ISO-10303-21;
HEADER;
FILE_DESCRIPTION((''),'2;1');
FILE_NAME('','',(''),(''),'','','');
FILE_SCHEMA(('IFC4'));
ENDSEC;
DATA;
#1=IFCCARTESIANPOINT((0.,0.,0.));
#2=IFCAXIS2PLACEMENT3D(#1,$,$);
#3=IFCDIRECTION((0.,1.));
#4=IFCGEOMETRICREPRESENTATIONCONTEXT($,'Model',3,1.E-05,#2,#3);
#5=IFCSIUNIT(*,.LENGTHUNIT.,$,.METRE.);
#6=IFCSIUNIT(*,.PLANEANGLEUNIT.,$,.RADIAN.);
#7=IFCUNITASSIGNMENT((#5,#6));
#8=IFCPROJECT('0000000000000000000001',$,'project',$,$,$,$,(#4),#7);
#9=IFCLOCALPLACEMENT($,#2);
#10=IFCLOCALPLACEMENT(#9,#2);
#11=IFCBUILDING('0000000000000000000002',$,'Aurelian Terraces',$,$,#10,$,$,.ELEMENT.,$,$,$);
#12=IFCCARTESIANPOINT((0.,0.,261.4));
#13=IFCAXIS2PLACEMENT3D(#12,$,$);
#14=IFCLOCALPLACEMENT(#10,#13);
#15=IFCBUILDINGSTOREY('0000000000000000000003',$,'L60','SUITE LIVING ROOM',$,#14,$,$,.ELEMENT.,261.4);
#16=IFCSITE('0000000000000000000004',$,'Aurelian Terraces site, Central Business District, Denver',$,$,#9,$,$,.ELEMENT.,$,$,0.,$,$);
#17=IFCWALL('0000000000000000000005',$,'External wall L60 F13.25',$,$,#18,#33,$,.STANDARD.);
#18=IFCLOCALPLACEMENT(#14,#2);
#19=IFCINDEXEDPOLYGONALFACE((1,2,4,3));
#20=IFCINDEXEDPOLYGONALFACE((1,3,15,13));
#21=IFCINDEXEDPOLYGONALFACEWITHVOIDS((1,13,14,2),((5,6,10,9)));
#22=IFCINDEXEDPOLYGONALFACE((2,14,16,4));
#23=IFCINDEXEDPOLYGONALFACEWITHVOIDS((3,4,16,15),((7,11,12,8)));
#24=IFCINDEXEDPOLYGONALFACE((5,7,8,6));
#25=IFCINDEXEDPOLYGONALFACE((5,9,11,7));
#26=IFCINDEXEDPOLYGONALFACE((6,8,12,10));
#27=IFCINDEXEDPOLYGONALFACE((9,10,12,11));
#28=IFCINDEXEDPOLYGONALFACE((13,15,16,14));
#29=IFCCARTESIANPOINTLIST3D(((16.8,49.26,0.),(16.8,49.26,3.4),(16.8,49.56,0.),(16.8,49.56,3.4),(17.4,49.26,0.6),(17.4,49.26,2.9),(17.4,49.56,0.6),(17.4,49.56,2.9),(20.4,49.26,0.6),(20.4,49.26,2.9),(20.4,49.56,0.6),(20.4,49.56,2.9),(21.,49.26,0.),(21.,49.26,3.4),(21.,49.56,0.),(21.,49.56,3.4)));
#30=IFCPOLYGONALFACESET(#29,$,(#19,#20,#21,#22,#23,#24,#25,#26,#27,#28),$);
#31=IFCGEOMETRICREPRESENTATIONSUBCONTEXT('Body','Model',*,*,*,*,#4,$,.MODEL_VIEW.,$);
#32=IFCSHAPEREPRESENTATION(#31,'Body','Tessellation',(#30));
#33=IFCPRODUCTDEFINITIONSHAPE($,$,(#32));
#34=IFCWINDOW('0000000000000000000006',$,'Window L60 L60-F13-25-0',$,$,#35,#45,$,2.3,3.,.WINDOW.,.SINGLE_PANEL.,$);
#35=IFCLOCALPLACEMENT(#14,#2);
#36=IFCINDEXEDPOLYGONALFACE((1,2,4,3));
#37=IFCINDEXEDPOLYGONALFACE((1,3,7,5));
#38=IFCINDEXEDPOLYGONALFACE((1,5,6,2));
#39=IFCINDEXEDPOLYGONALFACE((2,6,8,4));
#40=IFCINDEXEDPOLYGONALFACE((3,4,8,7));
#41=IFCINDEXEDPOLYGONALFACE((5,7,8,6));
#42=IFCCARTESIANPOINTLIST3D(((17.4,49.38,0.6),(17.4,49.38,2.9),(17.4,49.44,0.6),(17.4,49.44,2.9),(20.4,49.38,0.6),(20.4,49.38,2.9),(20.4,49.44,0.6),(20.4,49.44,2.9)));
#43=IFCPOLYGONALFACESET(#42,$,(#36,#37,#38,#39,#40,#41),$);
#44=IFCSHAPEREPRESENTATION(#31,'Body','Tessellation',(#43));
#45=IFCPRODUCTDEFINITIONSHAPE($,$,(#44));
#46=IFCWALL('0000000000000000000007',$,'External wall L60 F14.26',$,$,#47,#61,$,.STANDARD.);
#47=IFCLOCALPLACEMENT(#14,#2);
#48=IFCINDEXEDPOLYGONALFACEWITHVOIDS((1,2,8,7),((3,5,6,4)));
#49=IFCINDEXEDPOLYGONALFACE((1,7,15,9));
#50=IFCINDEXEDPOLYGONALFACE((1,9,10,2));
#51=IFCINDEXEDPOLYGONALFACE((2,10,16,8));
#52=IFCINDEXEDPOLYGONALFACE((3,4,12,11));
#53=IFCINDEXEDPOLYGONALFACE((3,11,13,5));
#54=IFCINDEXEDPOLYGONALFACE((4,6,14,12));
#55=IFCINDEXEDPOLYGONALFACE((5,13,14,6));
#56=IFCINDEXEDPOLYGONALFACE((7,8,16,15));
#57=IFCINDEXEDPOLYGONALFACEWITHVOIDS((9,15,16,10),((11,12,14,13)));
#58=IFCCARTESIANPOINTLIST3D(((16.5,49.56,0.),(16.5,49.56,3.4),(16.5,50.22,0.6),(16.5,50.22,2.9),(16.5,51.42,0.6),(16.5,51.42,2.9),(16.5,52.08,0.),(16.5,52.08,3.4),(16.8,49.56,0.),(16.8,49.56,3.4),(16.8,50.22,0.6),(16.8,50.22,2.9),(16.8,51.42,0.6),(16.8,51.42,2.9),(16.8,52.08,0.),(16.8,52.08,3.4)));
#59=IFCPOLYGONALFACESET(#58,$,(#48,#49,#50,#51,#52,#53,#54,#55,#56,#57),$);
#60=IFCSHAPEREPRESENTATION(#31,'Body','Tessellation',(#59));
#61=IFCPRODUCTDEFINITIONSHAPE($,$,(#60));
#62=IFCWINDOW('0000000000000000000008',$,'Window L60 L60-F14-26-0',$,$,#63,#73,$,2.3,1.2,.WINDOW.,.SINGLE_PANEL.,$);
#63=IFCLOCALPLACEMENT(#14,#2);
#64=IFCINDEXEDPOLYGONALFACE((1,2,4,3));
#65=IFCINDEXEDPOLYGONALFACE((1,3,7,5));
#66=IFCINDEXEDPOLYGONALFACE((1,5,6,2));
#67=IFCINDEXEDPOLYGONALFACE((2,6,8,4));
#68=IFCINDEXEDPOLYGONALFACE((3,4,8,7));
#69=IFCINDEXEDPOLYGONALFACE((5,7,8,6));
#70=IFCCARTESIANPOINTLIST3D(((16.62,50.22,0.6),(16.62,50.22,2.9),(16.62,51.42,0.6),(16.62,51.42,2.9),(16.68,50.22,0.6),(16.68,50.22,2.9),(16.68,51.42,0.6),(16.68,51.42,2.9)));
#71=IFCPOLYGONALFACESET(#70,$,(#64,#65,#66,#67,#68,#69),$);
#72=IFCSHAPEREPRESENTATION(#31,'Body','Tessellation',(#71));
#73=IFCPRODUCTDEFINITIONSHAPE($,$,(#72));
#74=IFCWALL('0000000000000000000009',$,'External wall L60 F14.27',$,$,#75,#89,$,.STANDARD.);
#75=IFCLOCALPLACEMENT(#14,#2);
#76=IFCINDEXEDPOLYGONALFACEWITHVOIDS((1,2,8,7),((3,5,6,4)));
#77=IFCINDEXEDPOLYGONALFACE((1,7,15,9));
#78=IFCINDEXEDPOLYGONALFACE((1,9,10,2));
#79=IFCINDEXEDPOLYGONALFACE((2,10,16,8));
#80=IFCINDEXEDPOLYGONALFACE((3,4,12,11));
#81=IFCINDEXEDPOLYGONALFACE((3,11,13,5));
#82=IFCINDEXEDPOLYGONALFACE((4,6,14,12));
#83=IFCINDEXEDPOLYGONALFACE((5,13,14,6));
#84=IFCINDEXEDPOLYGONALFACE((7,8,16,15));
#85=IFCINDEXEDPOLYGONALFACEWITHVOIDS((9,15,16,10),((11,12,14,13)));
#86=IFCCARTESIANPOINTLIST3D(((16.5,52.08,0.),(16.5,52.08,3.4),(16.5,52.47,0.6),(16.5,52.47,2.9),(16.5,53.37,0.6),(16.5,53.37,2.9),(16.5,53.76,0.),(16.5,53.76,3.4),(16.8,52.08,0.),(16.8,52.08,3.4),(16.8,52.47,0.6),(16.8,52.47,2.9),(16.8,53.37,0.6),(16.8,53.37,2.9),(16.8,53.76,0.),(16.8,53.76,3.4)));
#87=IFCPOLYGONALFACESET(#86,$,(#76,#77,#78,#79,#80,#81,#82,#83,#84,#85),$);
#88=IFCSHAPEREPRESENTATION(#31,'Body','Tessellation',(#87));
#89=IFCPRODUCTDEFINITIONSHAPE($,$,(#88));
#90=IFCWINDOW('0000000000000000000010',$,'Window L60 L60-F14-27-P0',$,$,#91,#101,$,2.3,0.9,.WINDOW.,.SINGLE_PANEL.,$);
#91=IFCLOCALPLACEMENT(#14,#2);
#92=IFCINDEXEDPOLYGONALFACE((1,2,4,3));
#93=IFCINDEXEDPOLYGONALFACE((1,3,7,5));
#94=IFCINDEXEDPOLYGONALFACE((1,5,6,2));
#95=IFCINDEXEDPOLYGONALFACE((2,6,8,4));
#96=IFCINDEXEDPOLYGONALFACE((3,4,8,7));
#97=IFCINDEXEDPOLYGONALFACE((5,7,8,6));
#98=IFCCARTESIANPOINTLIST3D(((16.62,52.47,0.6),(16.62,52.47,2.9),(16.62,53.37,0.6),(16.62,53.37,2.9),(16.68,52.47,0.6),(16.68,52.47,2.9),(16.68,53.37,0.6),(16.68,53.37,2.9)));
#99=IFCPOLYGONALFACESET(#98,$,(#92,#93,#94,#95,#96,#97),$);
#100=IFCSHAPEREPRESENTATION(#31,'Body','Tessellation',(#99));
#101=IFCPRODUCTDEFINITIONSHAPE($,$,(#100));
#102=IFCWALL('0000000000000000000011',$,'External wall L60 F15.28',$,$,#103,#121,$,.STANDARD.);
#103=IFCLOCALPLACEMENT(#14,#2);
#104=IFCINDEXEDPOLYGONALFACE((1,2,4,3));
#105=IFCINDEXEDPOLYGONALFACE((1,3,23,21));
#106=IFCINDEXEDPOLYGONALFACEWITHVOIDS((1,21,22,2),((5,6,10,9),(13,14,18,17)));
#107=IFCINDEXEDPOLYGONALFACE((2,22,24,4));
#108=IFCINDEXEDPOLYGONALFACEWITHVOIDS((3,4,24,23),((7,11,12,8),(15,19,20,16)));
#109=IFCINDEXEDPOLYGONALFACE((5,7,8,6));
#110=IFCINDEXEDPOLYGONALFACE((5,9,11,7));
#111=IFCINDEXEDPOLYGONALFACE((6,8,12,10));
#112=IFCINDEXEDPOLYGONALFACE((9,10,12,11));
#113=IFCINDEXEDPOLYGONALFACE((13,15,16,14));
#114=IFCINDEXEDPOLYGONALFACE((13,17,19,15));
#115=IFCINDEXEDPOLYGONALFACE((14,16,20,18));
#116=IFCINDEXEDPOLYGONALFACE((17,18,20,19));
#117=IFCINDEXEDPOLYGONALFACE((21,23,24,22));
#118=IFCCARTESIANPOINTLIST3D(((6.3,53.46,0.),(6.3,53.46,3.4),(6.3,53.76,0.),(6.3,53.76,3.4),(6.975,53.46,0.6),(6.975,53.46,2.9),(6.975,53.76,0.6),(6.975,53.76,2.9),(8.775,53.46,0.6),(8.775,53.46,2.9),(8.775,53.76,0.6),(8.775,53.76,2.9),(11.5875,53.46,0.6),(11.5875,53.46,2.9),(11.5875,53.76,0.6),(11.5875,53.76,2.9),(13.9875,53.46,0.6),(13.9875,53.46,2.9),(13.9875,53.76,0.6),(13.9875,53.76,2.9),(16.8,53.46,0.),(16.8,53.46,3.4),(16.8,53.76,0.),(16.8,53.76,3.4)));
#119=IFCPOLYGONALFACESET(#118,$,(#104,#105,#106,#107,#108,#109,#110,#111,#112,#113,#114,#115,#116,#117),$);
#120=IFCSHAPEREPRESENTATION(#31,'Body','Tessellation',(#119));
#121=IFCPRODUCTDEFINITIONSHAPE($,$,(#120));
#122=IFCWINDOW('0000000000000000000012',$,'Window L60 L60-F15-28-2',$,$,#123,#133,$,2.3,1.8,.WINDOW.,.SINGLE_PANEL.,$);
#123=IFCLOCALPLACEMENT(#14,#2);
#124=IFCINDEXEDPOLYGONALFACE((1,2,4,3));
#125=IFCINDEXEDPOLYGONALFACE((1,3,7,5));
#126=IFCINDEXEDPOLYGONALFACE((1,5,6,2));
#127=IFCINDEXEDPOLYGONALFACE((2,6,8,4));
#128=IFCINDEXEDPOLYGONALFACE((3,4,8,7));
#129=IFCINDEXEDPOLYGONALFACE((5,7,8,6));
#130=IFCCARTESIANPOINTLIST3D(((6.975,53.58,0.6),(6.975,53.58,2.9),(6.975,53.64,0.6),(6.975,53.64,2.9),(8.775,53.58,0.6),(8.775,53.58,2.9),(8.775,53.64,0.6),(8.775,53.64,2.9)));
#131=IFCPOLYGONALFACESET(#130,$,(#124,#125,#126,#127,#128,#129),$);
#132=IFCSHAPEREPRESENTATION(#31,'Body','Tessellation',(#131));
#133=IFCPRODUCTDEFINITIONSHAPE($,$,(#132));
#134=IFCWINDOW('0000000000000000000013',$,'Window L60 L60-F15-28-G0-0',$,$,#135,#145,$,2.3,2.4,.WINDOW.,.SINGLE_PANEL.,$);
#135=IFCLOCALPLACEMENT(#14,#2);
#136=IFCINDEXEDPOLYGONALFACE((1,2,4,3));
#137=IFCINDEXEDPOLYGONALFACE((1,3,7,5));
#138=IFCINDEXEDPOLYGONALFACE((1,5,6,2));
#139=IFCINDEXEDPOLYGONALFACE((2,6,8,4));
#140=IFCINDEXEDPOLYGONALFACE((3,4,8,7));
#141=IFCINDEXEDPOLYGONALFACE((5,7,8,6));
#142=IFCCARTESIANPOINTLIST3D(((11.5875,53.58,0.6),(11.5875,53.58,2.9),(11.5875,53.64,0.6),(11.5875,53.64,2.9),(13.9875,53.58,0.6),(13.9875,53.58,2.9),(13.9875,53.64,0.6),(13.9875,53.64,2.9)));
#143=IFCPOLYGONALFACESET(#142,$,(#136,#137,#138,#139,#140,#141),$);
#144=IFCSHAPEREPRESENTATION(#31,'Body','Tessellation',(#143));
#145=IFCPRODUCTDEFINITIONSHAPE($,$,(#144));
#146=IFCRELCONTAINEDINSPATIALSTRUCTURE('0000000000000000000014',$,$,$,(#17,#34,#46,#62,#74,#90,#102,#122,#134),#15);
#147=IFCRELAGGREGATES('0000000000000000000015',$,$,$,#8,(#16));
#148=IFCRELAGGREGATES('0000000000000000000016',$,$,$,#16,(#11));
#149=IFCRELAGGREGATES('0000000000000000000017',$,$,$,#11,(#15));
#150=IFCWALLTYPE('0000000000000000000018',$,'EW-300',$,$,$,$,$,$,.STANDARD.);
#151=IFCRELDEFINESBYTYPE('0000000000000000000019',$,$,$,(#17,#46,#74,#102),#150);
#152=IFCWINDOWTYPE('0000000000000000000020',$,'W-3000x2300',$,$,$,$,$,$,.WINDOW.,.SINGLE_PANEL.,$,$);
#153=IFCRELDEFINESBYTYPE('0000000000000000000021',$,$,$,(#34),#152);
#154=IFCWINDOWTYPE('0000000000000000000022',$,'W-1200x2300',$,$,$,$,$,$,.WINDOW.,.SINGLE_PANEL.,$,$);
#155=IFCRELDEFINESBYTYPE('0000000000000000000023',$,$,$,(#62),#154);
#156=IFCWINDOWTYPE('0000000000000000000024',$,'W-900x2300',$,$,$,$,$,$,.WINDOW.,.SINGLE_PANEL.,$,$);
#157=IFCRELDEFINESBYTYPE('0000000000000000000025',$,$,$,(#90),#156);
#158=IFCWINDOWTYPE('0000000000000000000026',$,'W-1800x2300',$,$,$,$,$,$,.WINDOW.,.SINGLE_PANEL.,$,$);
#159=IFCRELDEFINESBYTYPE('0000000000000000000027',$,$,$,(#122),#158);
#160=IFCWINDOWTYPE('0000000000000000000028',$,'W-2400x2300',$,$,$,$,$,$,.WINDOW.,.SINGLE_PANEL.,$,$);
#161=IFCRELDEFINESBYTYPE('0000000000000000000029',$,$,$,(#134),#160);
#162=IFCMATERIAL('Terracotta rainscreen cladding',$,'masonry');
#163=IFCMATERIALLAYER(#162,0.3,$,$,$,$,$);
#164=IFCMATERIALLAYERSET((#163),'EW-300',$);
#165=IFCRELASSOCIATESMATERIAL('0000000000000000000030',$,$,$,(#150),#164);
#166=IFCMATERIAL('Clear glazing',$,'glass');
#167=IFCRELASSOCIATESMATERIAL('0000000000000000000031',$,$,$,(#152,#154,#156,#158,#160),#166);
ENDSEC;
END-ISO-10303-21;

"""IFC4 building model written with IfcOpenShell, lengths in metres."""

from ifc_helpers import new_model, si_unit, direction, frame, frame_2d, origin, place, context, subcontext, project, spatial, rectangle, extrude, source, transform, mapped, material, layer, layer_set, type_object, element, fill, save


model = new_model("IFC4")

# Units and contexts
model_context = context("Model", 3, precision=1e-05, world=origin(), true_north=direction((0.0, 1.0)))
body_context = subcontext(model_context, "Body", "Model", "MODEL_VIEW")
ifc_project = project(units=[si_unit("LENGTHUNIT", "METRE"), si_unit("PLANEANGLEUNIT", "RADIAN")], contexts=[model_context])

# Site, building, storey
site_placement = place(None, origin())
site = spatial("IfcSite", under=ifc_project, at=site_placement, Name="Aurelian Terraces site, Central Business District, Denver", CompositionType="ELEMENT", RefElevation=0.0)
building_placement = place(site_placement, origin())
building = spatial("IfcBuilding", under=site, at=building_placement, Name="Aurelian Terraces", CompositionType="ELEMENT")
storey_placement = place(building_placement, frame((0.0, 0.0, 261.4)))
storey = spatial("IfcBuildingStorey", under=building, at=storey_placement, Name="L60", Description="SUITE LIVING ROOM", CompositionType="ELEMENT", Elevation=261.4)

# Walls, openings, windows
ifc_material_1 = material(Name="Terracotta rainscreen cladding", Category="masonry")
ifc_layer_1 = layer(ifc_material_1, 0.3)
ifc_layer_set_1 = layer_set([ifc_layer_1], Name="EW-300")
wall_type_1 = type_object("IfcWallType", Name="EW-300", PredefinedType="STANDARD", material=ifc_layer_set_1)
shared_shape_1 = source(origin(), body_context, "Body", "SweptSolid", [
    extrude(rectangle(XDim=4.2, YDim=0.3, at=frame_2d((2.1, 0.0))), origin(), (0.0, 0.0, 1.0), 3.4),
])
wall_1_placement = place(storey_placement, frame((21.0, 49.41, 0.0), z_axis=(0.0, 0.0, 1.0), x_axis=(-1.0, 0.0, 0.0)))
wall_1 = element("IfcWall", 1, at=wall_1_placement, inside=storey, type_object=wall_type_1, Name="External wall L60 F13.25", PredefinedType="STANDARD", context=body_context, shape_type="MappedRepresentation", body=[
    mapped(shared_shape_1, transform((0.0, 0.0, 0.0), scale=1.0)),
])
shared_shape_2 = source(origin(), body_context, "Body", "SweptSolid", [
    extrude(rectangle(XDim=3.0, YDim=2.3, at=frame_2d((1.5, 1.15))), frame((0.0, 0.16, 0.0), z_axis=(0.0, -1.0, 0.0), x_axis=(1.0, 0.0, 0.0)), (0.0, 0.0, 1.0), 0.32),
])
opening_1_placement = place(wall_1_placement, frame((0.6, 0.0, 0.6)))
opening_1 = element("IfcOpeningElement", 2, at=opening_1_placement, cuts=wall_1, PredefinedType="OPENING", context=body_context, shape_type="MappedRepresentation", body=[
    mapped(shared_shape_2, transform((0.0, 0.0, 0.0), scale=1.0)),
])
ifc_material_2 = material(Name="Clear glazing", Category="glass")
window_type_1 = type_object("IfcWindowType", Name="W-3000x2300", PartitioningType="SINGLE_PANEL", PredefinedType="WINDOW", material=ifc_material_2)
shared_shape_3 = source(origin(), body_context, "Body", "SweptSolid", [
    extrude(rectangle(XDim=3.0, YDim=2.3, at=frame_2d((1.5, 1.15))), frame((0.0, 0.03, 0.0), z_axis=(0.0, -1.0, 0.0), x_axis=(1.0, 0.0, 0.0)), (0.0, 0.0, 1.0), 0.06),
])
window_1_placement = place(opening_1_placement, origin())
window_1 = element("IfcWindow", 3, at=window_1_placement, inside=storey, type_object=window_type_1, Name="Window L60 L60-F13-25-0", OverallHeight=2.3, OverallWidth=3.0, PartitioningType="SINGLE_PANEL", PredefinedType="WINDOW", context=body_context, shape_type="MappedRepresentation", body=[
    mapped(shared_shape_3, transform((0.0, 0.0, 0.0), scale=1.0)),
])
fill(opening_1, window_1)
shared_shape_4 = source(origin(), body_context, "Body", "SweptSolid", [
    extrude(rectangle(XDim=2.52, YDim=0.3, at=frame_2d((1.26, 0.0))), origin(), (0.0, 0.0, 1.0), 3.4),
])
wall_2_placement = place(storey_placement, frame((16.65, 49.56, 0.0), z_axis=(0.0, 0.0, 1.0), x_axis=(0.0, 1.0, 0.0)))
wall_2 = element("IfcWall", 4, at=wall_2_placement, inside=storey, type_object=wall_type_1, Name="External wall L60 F14.26", PredefinedType="STANDARD", context=body_context, shape_type="MappedRepresentation", body=[
    mapped(shared_shape_4, transform((0.0, 0.0, 0.0), scale=1.0)),
])
shared_shape_5 = source(origin(), body_context, "Body", "SweptSolid", [
    extrude(rectangle(XDim=1.2, YDim=2.3, at=frame_2d((0.6, 1.15))), frame((0.0, 0.16, 0.0), z_axis=(0.0, -1.0, 0.0), x_axis=(1.0, 0.0, 0.0)), (0.0, 0.0, 1.0), 0.32),
])
opening_2_placement = place(wall_2_placement, frame((0.66, 0.0, 0.6)))
opening_2 = element("IfcOpeningElement", 5, at=opening_2_placement, cuts=wall_2, PredefinedType="OPENING", context=body_context, shape_type="MappedRepresentation", body=[
    mapped(shared_shape_5, transform((0.0, 0.0, 0.0), scale=1.0)),
])
window_type_2 = type_object("IfcWindowType", Name="W-1200x2300", PartitioningType="SINGLE_PANEL", PredefinedType="WINDOW", material=ifc_material_2)
shared_shape_6 = source(origin(), body_context, "Body", "SweptSolid", [
    extrude(rectangle(XDim=1.2, YDim=2.3, at=frame_2d((0.6, 1.15))), frame((0.0, 0.03, 0.0), z_axis=(0.0, -1.0, 0.0), x_axis=(1.0, 0.0, 0.0)), (0.0, 0.0, 1.0), 0.06),
])
window_2_placement = place(opening_2_placement, origin())
window_2 = element("IfcWindow", 6, at=window_2_placement, inside=storey, type_object=window_type_2, Name="Window L60 L60-F14-26-0", OverallHeight=2.3, OverallWidth=1.2, PartitioningType="SINGLE_PANEL", PredefinedType="WINDOW", context=body_context, shape_type="MappedRepresentation", body=[
    mapped(shared_shape_6, transform((0.0, 0.0, 0.0), scale=1.0)),
])
fill(opening_2, window_2)
shared_shape_7 = source(origin(), body_context, "Body", "SweptSolid", [
    extrude(rectangle(XDim=1.68, YDim=0.3, at=frame_2d((0.84, 0.0))), origin(), (0.0, 0.0, 1.0), 3.4),
])
wall_3_placement = place(storey_placement, frame((16.65, 52.08, 0.0), z_axis=(0.0, 0.0, 1.0), x_axis=(0.0, 1.0, 0.0)))
wall_3 = element("IfcWall", 7, at=wall_3_placement, inside=storey, type_object=wall_type_1, Name="External wall L60 F14.27", PredefinedType="STANDARD", context=body_context, shape_type="MappedRepresentation", body=[
    mapped(shared_shape_7, transform((0.0, 0.0, 0.0), scale=1.0)),
])
shared_shape_8 = source(origin(), body_context, "Body", "SweptSolid", [
    extrude(rectangle(XDim=0.9, YDim=2.3, at=frame_2d((0.45, 1.15))), frame((0.0, 0.16, 0.0), z_axis=(0.0, -1.0, 0.0), x_axis=(1.0, 0.0, 0.0)), (0.0, 0.0, 1.0), 0.32),
])
opening_3_placement = place(wall_3_placement, frame((0.39, 0.0, 0.6)))
opening_3 = element("IfcOpeningElement", 8, at=opening_3_placement, cuts=wall_3, PredefinedType="OPENING", context=body_context, shape_type="MappedRepresentation", body=[
    mapped(shared_shape_8, transform((0.0, 0.0, 0.0), scale=1.0)),
])
window_type_3 = type_object("IfcWindowType", Name="W-900x2300", PartitioningType="SINGLE_PANEL", PredefinedType="WINDOW", material=ifc_material_2)
shared_shape_9 = source(origin(), body_context, "Body", "SweptSolid", [
    extrude(rectangle(XDim=0.9, YDim=2.3, at=frame_2d((0.45, 1.15))), frame((0.0, 0.03, 0.0), z_axis=(0.0, -1.0, 0.0), x_axis=(1.0, 0.0, 0.0)), (0.0, 0.0, 1.0), 0.06),
])
window_3_placement = place(opening_3_placement, origin())
window_3 = element("IfcWindow", 9, at=window_3_placement, inside=storey, type_object=window_type_3, Name="Window L60 L60-F14-27-P0", OverallHeight=2.3, OverallWidth=0.9, PartitioningType="SINGLE_PANEL", PredefinedType="WINDOW", context=body_context, shape_type="MappedRepresentation", body=[
    mapped(shared_shape_9, transform((0.0, 0.0, 0.0), scale=1.0)),
])
fill(opening_3, window_3)

# Wall, openings, windows
shared_shape_10 = source(origin(), body_context, "Body", "SweptSolid", [
    extrude(rectangle(XDim=10.5, YDim=0.3, at=frame_2d((5.25, 0.0))), origin(), (0.0, 0.0, 1.0), 3.4),
])
wall_4_placement = place(storey_placement, frame((16.8, 53.61, 0.0), z_axis=(0.0, 0.0, 1.0), x_axis=(-1.0, 0.0, 0.0)))
wall_4 = element("IfcWall", 10, at=wall_4_placement, inside=storey, type_object=wall_type_1, Name="External wall L60 F15.28", PredefinedType="STANDARD", context=body_context, shape_type="MappedRepresentation", body=[
    mapped(shared_shape_10, transform((0.0, 0.0, 0.0), scale=1.0)),
])
shared_shape_11 = source(origin(), body_context, "Body", "SweptSolid", [
    extrude(rectangle(XDim=1.8, YDim=2.3, at=frame_2d((0.9, 1.15))), frame((0.0, 0.16, 0.0), z_axis=(0.0, -1.0, 0.0), x_axis=(1.0, 0.0, 0.0)), (0.0, 0.0, 1.0), 0.32),
])
opening_4_placement = place(wall_4_placement, frame((8.025, 0.0, 0.6)))
opening_4 = element("IfcOpeningElement", 11, at=opening_4_placement, cuts=wall_4, PredefinedType="OPENING", context=body_context, shape_type="MappedRepresentation", body=[
    mapped(shared_shape_11, transform((0.0, 0.0, 0.0), scale=1.0)),
])
shared_shape_12 = source(origin(), body_context, "Body", "SweptSolid", [
    extrude(rectangle(XDim=2.4, YDim=2.3, at=frame_2d((1.2, 1.15))), frame((0.0, 0.16, 0.0), z_axis=(0.0, -1.0, 0.0), x_axis=(1.0, 0.0, 0.0)), (0.0, 0.0, 1.0), 0.32),
])
opening_5_placement = place(wall_4_placement, frame((2.8125, 0.0, 0.6)))
opening_5 = element("IfcOpeningElement", 12, at=opening_5_placement, cuts=wall_4, PredefinedType="OPENING", context=body_context, shape_type="MappedRepresentation", body=[
    mapped(shared_shape_12, transform((0.0, 0.0, 0.0), scale=1.0)),
])
window_type_4 = type_object("IfcWindowType", Name="W-1800x2300", PartitioningType="SINGLE_PANEL", PredefinedType="WINDOW", material=ifc_material_2)
shared_shape_13 = source(origin(), body_context, "Body", "SweptSolid", [
    extrude(rectangle(XDim=1.8, YDim=2.3, at=frame_2d((0.9, 1.15))), frame((0.0, 0.03, 0.0), z_axis=(0.0, -1.0, 0.0), x_axis=(1.0, 0.0, 0.0)), (0.0, 0.0, 1.0), 0.06),
])
window_4_placement = place(opening_4_placement, origin())
window_4 = element("IfcWindow", 13, at=window_4_placement, inside=storey, type_object=window_type_4, Name="Window L60 L60-F15-28-2", OverallHeight=2.3, OverallWidth=1.8, PartitioningType="SINGLE_PANEL", PredefinedType="WINDOW", context=body_context, shape_type="MappedRepresentation", body=[
    mapped(shared_shape_13, transform((0.0, 0.0, 0.0), scale=1.0)),
])
fill(opening_4, window_4)
window_type_5 = type_object("IfcWindowType", Name="W-2400x2300", PartitioningType="SINGLE_PANEL", PredefinedType="WINDOW", material=ifc_material_2)
shared_shape_14 = source(origin(), body_context, "Body", "SweptSolid", [
    extrude(rectangle(XDim=2.4, YDim=2.3, at=frame_2d((1.2, 1.15))), frame((0.0, 0.03, 0.0), z_axis=(0.0, -1.0, 0.0), x_axis=(1.0, 0.0, 0.0)), (0.0, 0.0, 1.0), 0.06),
])
window_5_placement = place(opening_5_placement, origin())
window_5 = element("IfcWindow", 14, at=window_5_placement, inside=storey, type_object=window_type_5, Name="Window L60 L60-F15-28-G0-0", OverallHeight=2.3, OverallWidth=2.4, PartitioningType="SINGLE_PANEL", PredefinedType="WINDOW", context=body_context, shape_type="MappedRepresentation", body=[
    mapped(shared_shape_14, transform((0.0, 0.0, 0.0), scale=1.0)),
])
fill(opening_5, window_5)

save(model, "model.ifc")
